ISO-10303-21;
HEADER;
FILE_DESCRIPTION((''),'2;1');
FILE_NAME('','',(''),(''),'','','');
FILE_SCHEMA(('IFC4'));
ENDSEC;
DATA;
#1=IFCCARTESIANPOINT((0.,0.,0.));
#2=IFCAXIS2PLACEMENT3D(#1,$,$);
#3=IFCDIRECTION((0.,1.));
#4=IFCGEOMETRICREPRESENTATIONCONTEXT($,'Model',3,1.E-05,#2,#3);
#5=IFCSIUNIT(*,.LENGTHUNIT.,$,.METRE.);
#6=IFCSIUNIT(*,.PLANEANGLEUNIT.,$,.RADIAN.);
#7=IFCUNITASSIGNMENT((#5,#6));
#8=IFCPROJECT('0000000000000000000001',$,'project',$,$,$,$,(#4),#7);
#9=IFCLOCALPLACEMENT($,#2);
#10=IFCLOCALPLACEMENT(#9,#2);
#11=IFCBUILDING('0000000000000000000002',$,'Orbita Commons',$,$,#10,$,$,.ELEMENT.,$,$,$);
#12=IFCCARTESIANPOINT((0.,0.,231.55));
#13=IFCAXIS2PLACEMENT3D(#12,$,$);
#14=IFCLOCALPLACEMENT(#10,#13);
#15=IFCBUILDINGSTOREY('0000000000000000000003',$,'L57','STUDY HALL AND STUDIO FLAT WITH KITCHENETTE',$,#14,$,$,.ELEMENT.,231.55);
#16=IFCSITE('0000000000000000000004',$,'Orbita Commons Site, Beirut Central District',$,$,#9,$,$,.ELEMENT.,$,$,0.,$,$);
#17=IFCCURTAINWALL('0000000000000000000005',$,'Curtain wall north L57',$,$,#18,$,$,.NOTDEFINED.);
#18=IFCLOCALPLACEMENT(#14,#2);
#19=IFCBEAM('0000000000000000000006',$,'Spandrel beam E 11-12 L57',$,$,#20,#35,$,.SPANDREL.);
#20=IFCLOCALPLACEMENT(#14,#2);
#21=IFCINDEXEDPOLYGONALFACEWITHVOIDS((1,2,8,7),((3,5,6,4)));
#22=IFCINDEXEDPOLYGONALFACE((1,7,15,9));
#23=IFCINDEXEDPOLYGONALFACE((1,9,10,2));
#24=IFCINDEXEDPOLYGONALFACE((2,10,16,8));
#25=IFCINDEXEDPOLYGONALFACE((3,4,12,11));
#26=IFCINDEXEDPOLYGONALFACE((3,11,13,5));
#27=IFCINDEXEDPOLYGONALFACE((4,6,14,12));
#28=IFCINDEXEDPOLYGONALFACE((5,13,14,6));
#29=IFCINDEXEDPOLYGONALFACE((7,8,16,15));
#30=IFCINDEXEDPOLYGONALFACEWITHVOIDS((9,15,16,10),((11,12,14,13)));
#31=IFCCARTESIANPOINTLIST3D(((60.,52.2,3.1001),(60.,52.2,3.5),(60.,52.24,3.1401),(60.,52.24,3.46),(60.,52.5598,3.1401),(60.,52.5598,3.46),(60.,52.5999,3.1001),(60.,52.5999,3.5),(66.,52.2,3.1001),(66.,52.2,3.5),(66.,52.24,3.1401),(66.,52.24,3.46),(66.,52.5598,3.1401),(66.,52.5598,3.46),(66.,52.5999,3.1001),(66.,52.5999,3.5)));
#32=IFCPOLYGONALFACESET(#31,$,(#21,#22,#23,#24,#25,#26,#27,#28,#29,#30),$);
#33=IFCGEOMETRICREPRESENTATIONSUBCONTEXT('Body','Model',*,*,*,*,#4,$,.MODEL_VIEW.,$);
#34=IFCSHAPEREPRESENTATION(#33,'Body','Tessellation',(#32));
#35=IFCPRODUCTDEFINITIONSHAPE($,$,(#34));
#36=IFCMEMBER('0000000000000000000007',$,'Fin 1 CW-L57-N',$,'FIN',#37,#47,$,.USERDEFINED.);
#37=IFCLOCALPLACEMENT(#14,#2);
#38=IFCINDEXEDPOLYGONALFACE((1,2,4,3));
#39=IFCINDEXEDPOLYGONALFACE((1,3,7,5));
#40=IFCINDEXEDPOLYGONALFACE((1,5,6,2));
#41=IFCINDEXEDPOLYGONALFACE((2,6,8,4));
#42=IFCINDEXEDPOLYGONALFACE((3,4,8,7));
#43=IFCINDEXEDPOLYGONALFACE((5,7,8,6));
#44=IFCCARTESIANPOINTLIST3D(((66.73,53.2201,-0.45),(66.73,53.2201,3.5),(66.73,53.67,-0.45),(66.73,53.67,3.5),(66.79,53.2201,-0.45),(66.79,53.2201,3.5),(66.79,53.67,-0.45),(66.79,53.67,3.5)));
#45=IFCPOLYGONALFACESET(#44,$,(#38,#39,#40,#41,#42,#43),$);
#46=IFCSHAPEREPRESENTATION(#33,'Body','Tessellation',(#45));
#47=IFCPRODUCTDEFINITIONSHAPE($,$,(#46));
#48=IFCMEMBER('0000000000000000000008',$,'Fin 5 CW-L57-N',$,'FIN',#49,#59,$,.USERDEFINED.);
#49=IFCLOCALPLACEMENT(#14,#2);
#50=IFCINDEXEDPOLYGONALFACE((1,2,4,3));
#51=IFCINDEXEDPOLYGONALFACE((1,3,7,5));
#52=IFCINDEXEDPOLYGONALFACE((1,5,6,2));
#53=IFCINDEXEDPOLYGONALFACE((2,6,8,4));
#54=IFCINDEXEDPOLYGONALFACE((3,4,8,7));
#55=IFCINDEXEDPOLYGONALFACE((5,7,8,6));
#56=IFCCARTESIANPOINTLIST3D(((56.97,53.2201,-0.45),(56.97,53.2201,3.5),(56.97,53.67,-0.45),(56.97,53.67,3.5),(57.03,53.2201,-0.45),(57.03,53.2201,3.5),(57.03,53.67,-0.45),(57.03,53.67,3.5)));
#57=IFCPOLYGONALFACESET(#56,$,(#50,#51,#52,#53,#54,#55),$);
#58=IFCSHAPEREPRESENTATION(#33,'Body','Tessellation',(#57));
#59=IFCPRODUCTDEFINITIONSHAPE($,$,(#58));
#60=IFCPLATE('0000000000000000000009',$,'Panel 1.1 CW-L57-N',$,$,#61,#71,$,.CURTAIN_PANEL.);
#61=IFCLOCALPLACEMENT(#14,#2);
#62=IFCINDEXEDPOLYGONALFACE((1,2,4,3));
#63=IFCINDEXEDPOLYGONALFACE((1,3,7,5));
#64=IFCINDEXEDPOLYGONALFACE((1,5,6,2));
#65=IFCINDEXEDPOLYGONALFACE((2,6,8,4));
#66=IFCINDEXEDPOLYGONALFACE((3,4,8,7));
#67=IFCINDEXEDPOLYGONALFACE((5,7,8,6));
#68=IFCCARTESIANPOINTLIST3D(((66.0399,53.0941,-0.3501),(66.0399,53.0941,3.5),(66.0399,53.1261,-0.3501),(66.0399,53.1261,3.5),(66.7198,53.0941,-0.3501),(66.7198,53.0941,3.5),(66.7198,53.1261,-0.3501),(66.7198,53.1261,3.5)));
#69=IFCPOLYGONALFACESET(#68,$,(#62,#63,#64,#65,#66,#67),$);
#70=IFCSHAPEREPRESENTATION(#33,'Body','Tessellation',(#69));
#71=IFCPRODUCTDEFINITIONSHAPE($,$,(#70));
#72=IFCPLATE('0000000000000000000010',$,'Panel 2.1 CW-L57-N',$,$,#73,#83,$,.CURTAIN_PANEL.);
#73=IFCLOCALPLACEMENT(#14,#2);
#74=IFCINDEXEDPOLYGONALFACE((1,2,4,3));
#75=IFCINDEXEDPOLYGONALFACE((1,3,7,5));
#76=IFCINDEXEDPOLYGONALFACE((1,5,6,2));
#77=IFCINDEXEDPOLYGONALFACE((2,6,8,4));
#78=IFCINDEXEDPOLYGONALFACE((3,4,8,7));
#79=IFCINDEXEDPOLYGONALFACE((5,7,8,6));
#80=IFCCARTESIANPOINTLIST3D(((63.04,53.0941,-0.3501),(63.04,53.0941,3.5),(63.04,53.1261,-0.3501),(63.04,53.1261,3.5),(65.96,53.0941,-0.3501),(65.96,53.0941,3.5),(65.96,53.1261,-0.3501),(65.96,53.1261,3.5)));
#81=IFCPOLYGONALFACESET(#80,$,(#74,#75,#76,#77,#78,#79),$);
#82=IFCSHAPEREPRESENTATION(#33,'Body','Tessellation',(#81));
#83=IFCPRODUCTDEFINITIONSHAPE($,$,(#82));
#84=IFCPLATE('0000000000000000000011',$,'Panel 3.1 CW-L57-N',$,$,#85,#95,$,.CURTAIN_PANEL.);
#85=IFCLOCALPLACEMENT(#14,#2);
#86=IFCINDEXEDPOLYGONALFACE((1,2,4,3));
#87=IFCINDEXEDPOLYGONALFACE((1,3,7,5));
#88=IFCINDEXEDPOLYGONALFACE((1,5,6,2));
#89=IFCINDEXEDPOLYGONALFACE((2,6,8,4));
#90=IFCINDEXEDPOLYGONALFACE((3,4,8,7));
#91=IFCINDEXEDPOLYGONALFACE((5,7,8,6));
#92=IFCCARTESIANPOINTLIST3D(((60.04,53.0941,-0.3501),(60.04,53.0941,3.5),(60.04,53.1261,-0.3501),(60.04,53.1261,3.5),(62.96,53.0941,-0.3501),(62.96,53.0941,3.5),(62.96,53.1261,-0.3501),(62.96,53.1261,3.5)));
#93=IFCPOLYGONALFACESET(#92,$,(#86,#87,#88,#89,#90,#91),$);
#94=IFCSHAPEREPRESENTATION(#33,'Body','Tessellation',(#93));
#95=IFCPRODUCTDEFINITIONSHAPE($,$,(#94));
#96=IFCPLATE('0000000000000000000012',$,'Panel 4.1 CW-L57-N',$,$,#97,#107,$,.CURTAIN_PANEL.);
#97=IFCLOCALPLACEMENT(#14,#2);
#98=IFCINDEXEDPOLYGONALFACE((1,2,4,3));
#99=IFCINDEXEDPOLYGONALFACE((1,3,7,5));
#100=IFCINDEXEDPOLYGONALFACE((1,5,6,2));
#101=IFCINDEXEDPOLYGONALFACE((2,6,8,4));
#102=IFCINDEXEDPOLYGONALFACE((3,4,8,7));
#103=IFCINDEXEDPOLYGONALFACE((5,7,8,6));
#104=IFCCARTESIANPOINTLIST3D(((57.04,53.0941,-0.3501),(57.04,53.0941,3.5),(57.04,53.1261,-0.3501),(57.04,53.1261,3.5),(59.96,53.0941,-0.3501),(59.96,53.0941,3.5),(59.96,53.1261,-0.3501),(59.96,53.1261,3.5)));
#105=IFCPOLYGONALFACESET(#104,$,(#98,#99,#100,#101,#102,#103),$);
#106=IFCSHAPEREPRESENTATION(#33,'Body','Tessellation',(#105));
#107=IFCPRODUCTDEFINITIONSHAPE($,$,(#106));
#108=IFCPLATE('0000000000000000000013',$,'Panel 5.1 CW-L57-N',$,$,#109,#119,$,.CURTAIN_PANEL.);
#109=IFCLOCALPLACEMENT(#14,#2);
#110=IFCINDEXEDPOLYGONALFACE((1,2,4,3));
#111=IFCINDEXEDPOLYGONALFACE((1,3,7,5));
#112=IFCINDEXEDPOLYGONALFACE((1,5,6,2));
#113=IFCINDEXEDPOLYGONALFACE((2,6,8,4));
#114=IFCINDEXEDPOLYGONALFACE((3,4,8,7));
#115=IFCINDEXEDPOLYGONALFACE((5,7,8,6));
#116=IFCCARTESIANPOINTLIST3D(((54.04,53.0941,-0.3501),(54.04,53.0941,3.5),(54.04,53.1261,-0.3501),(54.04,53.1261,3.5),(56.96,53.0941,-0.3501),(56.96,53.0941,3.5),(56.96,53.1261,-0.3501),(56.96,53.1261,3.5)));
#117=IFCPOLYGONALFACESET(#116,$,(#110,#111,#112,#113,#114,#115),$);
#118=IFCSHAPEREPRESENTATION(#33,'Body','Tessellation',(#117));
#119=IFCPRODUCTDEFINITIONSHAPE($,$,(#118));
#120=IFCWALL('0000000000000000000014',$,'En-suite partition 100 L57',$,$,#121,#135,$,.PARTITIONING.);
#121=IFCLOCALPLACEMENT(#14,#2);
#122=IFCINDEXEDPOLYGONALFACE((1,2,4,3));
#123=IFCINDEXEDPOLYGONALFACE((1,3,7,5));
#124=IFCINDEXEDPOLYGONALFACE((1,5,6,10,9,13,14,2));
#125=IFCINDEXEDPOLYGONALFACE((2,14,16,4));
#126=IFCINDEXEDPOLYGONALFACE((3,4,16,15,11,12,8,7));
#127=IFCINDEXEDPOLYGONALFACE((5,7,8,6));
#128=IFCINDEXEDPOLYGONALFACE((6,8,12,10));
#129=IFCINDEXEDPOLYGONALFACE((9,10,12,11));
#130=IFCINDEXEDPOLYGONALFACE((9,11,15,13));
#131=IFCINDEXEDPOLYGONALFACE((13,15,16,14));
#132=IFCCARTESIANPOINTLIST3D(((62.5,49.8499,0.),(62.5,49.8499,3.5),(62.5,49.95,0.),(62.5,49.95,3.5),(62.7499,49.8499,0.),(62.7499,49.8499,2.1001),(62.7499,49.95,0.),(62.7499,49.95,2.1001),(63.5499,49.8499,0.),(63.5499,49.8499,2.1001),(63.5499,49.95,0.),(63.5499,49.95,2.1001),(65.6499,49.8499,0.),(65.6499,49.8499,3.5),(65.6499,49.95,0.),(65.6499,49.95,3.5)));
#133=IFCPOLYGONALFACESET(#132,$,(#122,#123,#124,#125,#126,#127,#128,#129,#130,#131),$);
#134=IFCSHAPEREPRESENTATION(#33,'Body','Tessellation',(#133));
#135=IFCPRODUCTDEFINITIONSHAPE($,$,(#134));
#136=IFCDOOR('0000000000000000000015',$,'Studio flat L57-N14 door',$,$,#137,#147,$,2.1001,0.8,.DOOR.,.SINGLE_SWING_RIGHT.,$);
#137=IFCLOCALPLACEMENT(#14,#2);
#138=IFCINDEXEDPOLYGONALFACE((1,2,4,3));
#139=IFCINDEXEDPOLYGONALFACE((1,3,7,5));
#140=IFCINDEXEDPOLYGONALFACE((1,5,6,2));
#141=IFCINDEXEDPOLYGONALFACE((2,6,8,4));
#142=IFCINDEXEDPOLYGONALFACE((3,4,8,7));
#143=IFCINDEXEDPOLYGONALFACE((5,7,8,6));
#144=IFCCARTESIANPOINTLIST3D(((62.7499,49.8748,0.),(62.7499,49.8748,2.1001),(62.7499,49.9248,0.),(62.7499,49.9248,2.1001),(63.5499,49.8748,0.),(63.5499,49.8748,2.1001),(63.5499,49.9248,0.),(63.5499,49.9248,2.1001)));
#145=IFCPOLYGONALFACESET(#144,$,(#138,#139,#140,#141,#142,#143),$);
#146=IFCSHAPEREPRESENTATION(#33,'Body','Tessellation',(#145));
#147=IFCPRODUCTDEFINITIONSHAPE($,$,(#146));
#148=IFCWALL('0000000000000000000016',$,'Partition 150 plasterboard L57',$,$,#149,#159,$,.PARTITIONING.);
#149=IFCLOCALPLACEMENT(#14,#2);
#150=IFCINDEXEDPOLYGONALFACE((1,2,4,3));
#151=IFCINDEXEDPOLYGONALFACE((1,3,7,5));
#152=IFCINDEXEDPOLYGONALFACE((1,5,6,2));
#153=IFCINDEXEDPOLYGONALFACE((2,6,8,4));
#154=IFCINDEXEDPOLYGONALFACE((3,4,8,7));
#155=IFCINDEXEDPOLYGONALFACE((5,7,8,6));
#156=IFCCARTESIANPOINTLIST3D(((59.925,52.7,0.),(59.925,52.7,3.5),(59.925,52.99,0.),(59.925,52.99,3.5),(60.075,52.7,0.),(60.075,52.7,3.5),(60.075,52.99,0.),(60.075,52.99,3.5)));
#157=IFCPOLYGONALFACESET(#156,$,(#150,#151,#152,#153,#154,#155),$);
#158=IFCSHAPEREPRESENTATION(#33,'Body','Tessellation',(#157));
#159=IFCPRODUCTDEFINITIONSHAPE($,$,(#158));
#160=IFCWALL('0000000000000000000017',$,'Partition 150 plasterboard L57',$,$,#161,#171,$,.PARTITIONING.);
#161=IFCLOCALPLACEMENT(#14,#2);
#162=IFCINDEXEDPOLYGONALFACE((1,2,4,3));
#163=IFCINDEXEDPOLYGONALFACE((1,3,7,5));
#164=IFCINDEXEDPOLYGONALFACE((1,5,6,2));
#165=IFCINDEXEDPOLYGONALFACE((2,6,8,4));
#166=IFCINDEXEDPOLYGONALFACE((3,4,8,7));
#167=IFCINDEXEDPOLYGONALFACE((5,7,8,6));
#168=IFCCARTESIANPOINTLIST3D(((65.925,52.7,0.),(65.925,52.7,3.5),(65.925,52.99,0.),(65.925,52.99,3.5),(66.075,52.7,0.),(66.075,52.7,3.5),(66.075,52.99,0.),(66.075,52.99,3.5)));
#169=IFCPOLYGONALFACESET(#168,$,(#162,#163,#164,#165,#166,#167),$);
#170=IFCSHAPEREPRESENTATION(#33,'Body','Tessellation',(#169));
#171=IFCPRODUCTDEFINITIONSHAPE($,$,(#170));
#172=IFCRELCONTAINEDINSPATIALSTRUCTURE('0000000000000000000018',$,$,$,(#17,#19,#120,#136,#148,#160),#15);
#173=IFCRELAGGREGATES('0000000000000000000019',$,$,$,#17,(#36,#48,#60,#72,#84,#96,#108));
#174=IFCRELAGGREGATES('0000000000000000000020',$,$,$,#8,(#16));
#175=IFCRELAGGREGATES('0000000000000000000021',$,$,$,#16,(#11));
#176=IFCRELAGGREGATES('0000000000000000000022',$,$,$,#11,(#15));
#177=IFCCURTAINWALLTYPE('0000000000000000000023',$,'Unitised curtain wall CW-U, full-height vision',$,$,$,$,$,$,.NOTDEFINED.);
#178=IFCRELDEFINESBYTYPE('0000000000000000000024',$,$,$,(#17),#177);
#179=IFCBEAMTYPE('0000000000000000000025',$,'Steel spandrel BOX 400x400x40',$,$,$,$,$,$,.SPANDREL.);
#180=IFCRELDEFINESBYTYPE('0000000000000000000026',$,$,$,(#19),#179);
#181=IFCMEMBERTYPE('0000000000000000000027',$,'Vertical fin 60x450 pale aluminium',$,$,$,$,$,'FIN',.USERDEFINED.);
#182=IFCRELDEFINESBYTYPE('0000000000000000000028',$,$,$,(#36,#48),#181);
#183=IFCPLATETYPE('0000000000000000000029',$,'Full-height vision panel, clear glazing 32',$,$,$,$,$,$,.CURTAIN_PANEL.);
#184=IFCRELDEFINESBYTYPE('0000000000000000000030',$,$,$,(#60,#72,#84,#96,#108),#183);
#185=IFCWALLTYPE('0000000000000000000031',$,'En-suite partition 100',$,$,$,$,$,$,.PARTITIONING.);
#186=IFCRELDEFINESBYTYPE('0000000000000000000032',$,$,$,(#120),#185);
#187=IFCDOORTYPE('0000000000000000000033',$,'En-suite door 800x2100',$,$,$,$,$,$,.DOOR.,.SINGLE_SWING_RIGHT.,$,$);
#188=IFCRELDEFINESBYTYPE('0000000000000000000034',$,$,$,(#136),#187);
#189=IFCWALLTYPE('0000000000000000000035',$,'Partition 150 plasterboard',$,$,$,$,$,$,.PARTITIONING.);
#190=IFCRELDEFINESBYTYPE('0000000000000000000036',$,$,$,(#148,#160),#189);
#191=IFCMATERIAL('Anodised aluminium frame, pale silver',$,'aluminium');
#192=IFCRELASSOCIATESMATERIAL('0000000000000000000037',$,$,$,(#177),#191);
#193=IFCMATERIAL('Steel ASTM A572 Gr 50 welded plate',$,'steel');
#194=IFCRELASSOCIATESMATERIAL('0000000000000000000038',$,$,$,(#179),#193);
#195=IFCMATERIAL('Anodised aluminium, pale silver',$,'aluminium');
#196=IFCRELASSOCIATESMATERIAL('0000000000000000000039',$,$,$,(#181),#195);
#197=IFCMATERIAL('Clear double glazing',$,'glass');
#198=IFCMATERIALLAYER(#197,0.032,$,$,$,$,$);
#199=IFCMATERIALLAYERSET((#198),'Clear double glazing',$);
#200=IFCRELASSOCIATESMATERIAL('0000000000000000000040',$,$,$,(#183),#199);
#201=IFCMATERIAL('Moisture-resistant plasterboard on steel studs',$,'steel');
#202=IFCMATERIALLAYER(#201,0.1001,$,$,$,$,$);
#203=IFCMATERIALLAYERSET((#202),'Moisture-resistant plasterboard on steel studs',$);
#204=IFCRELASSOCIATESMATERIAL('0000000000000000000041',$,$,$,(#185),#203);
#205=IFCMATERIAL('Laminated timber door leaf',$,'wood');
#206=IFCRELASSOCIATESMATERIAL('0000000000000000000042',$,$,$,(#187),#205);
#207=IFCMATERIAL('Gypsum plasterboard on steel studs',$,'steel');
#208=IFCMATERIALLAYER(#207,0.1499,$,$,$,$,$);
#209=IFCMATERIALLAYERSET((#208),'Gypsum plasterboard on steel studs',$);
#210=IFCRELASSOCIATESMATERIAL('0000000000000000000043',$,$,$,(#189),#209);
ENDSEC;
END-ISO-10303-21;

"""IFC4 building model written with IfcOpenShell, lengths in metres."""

from ifc_helpers import new_model, si_unit, direction, frame, frame_2d, origin, origin_2d, place, context, subcontext, project, spatial, rectangle, hollow_rectangle, extrude, material, layer, layer_set, material_profile, profile_set, type_object, element, fill, aggregate, save


model = new_model("IFC4")

# Units and contexts
model_context = context("Model", 3, precision=1e-05, world=origin(), true_north=direction((0.0, 1.0)))
body_context = subcontext(model_context, "Body", "Model", "MODEL_VIEW")
ifc_project = project(units=[si_unit("LENGTHUNIT", "METRE"), si_unit("PLANEANGLEUNIT", "RADIAN")], contexts=[model_context])

# Site, building, storey
site_placement = place(None, origin())
site = spatial("IfcSite", under=ifc_project, at=site_placement, Name="Orbita Commons Site, Beirut Central District", CompositionType="ELEMENT", RefElevation=0.0)
building_placement = place(site_placement, origin())
building = spatial("IfcBuilding", under=site, at=building_placement, Name="Orbita Commons", CompositionType="ELEMENT")
storey_placement = place(building_placement, frame((0.0, 0.0, 231.55)))
storey = spatial("IfcBuildingStorey", under=building, at=storey_placement, Name="L57", Description="STUDY HALL AND STUDIO FLAT WITH KITCHENETTE", CompositionType="ELEMENT", Elevation=231.55)

# Curtain wall
ifc_material_1 = material(Name="Anodised aluminium frame, pale silver", Category="aluminium")
curtain_wall_type = type_object("IfcCurtainWallType", Name="Unitised curtain wall CW-U, full-height vision", PredefinedType="NOTDEFINED", material=ifc_material_1)
curtain_wall_placement = place(storey_placement, origin())
curtain_wall = element("IfcCurtainWall", 1, at=curtain_wall_placement, inside=storey, type_object=curtain_wall_type, Name="Curtain wall north L57", PredefinedType="NOTDEFINED")

# Beam
ifc_material_2 = material(Name="Steel ASTM A572 Gr 50 welded plate", Category="steel")
ifc_material_profile_1 = material_profile(ifc_material_2, hollow_rectangle(XDim=0.3999, YDim=0.3999, WallThickness=0.04, at=origin_2d()), Name="BOX 400x400x40")
ifc_profile_set_1 = profile_set([ifc_material_profile_1], Name="Steel ASTM A572 Gr 50 welded plate")
beam_type = type_object("IfcBeamType", Name="Steel spandrel BOX 400x400x40", PredefinedType="SPANDREL", material=ifc_profile_set_1)
beam_placement = place(storey_placement, frame((60.0, 52.3999, 3.3), z_axis=(1.0, 0.0, 0.0), x_axis=(0.0, 1.0, 0.0)))
element("IfcBeam", 2, at=beam_placement, inside=storey, type_object=beam_type, Name="Spandrel beam E 11-12 L57", PredefinedType="SPANDREL", context=body_context, shape_type="SweptSolid", body=[
    extrude(hollow_rectangle(XDim=0.3999, YDim=0.3999, WallThickness=0.04, at=origin_2d()), origin(), (0.0, 0.0, 1.0), 6.0),
])

# Members
ifc_material_3 = material(Name="Anodised aluminium, pale silver", Category="aluminium")
ifc_material_profile_2 = material_profile(ifc_material_3, rectangle(XDim=0.0601, YDim=0.45, at=origin_2d()), Name="FIN 60x450")
ifc_profile_set_2 = profile_set([ifc_material_profile_2], Name="Anodised aluminium, pale silver")
member_type_1 = type_object("IfcMemberType", Name="Vertical fin 60x450 pale aluminium", ElementType="FIN", PredefinedType="USERDEFINED", material=ifc_profile_set_2)
member_1_placement = place(storey_placement, frame((66.76, 53.4451, -0.45), z_axis=(0.0, 0.0, 1.0), x_axis=(-1.0, 0.0, 0.0)))
member_1 = element("IfcMember", 3, at=member_1_placement, type_object=member_type_1, Name="Fin 1 CW-L57-N", ObjectType="FIN", PredefinedType="USERDEFINED", context=body_context, shape_type="SweptSolid", body=[
    extrude(rectangle(XDim=0.0601, YDim=0.45, at=origin_2d()), origin(), (0.0, 0.0, 1.0), 3.95),
])
member_2_placement = place(storey_placement, frame((57.0, 53.4451, -0.45), z_axis=(0.0, 0.0, 1.0), x_axis=(-1.0, 0.0, 0.0)))
member_2 = element("IfcMember", 4, at=member_2_placement, type_object=member_type_1, Name="Fin 5 CW-L57-N", ObjectType="FIN", PredefinedType="USERDEFINED", context=body_context, shape_type="SweptSolid", body=[
    extrude(rectangle(XDim=0.0601, YDim=0.45, at=origin_2d()), origin(), (0.0, 0.0, 1.0), 3.95),
])

# Plates
ifc_material_4 = material(Name="Clear double glazing", Category="glass")
ifc_layer_1 = layer(ifc_material_4, 0.032)
ifc_layer_set_1 = layer_set([ifc_layer_1], Name="Clear double glazing")
plate_type = type_object("IfcPlateType", Name="Full-height vision panel, clear glazing 32", PredefinedType="CURTAIN_PANEL", material=ifc_layer_set_1)
plate_1_placement = place(storey_placement, frame((66.3799, 53.1101, -0.3501), z_axis=(0.0, 0.0, 1.0), x_axis=(-1.0, 0.0, 0.0)))
plate_1 = element("IfcPlate", 5, at=plate_1_placement, type_object=plate_type, Name="Panel 1.1 CW-L57-N", PredefinedType="CURTAIN_PANEL", context=body_context, shape_type="SweptSolid", body=[
    extrude(rectangle(XDim=0.6799, YDim=0.032, at=origin_2d()), origin(), (0.0, 0.0, 1.0), 3.8501),
])
plate_2_placement = place(storey_placement, frame((64.5, 53.1101, -0.3501), z_axis=(0.0, 0.0, 1.0), x_axis=(-1.0, 0.0, 0.0)))
plate_2 = element("IfcPlate", 6, at=plate_2_placement, type_object=plate_type, Name="Panel 2.1 CW-L57-N", PredefinedType="CURTAIN_PANEL", context=body_context, shape_type="SweptSolid", body=[
    extrude(rectangle(XDim=2.9199, YDim=0.032, at=origin_2d()), origin(), (0.0, 0.0, 1.0), 3.8501),
])
plate_3_placement = place(storey_placement, frame((61.5, 53.1101, -0.3501), z_axis=(0.0, 0.0, 1.0), x_axis=(-1.0, 0.0, 0.0)))
plate_3 = element("IfcPlate", 7, at=plate_3_placement, type_object=plate_type, Name="Panel 3.1 CW-L57-N", PredefinedType="CURTAIN_PANEL", context=body_context, shape_type="SweptSolid", body=[
    extrude(rectangle(XDim=2.9199, YDim=0.032, at=origin_2d()), origin(), (0.0, 0.0, 1.0), 3.8501),
])
plate_4_placement = place(storey_placement, frame((58.5, 53.1101, -0.3501), z_axis=(0.0, 0.0, 1.0), x_axis=(-1.0, 0.0, 0.0)))
plate_4 = element("IfcPlate", 8, at=plate_4_placement, type_object=plate_type, Name="Panel 4.1 CW-L57-N", PredefinedType="CURTAIN_PANEL", context=body_context, shape_type="SweptSolid", body=[
    extrude(rectangle(XDim=2.9199, YDim=0.032, at=origin_2d()), origin(), (0.0, 0.0, 1.0), 3.8501),
])
plate_5_placement = place(storey_placement, frame((55.5, 53.1101, -0.3501), z_axis=(0.0, 0.0, 1.0), x_axis=(-1.0, 0.0, 0.0)))
plate_5 = element("IfcPlate", 9, at=plate_5_placement, type_object=plate_type, Name="Panel 5.1 CW-L57-N", PredefinedType="CURTAIN_PANEL", context=body_context, shape_type="SweptSolid", body=[
    extrude(rectangle(XDim=2.9199, YDim=0.032, at=origin_2d()), origin(), (0.0, 0.0, 1.0), 3.8501),
])
aggregate(curtain_wall, [member_1, member_2, plate_1, plate_2, plate_3, plate_4, plate_5])

# Wall, opening, door
ifc_material_5 = material(Name="Moisture-resistant plasterboard on steel studs", Category="steel")
ifc_layer_2 = layer(ifc_material_5, 0.1001)
ifc_layer_set_2 = layer_set([ifc_layer_2], Name="Moisture-resistant plasterboard on steel studs")
wall_type_1 = type_object("IfcWallType", Name="En-suite partition 100", PredefinedType="PARTITIONING", material=ifc_layer_set_2)
wall_1_placement = place(storey_placement, frame((62.5, 49.8999, 0.0), z_axis=(0.0, 0.0, 1.0), x_axis=(1.0, 0.0, 0.0)))
wall_1 = element("IfcWall", 10, at=wall_1_placement, inside=storey, type_object=wall_type_1, Name="En-suite partition 100 L57", PredefinedType="PARTITIONING", context=body_context, shape_type="SweptSolid", body=[
    extrude(rectangle(XDim=3.1499, YDim=0.1001, at=frame_2d((1.575, 0.0))), origin(), (0.0, 0.0, 1.0), 3.5),
])
opening_1_placement = place(wall_1_placement, frame((0.25, 0.0, 0.0)))
opening_1 = element("IfcOpeningElement", 11, at=opening_1_placement, cuts=wall_1, PredefinedType="OPENING", context=body_context, shape_type="SweptSolid", body=[
    extrude(rectangle(XDim=0.8, YDim=2.1001, at=frame_2d((0.3999, 1.05))), frame((0.0, 0.0601, 0.0), z_axis=(0.0, -1.0, 0.0), x_axis=(1.0, 0.0, 0.0)), (0.0, 0.0, 1.0), 0.1201),
])
ifc_material_6 = material(Name="Laminated timber door leaf", Category="wood")
door_type = type_object("IfcDoorType", Name="En-suite door 800x2100", OperationType="SINGLE_SWING_RIGHT", PredefinedType="DOOR", material=ifc_material_6)
door_placement = place(opening_1_placement, origin())
door = element("IfcDoor", 12, at=door_placement, inside=storey, type_object=door_type, Name="Studio flat L57-N14 door", OperationType="SINGLE_SWING_RIGHT", OverallHeight=2.1001, OverallWidth=0.8, PredefinedType="DOOR", context=body_context, shape_type="SweptSolid", body=[
    extrude(rectangle(XDim=0.8, YDim=2.1001, at=frame_2d((0.3999, 1.05))), frame((0.0, 0.0249, 0.0), z_axis=(0.0, -1.0, 0.0), x_axis=(1.0, 0.0, 0.0)), (0.0, 0.0, 1.0), 0.05),
])
fill(opening_1, door)

# Walls
ifc_material_7 = material(Name="Gypsum plasterboard on steel studs", Category="steel")
ifc_layer_3 = layer(ifc_material_7, 0.1499)
ifc_layer_set_3 = layer_set([ifc_layer_3], Name="Gypsum plasterboard on steel studs")
wall_type_2 = type_object("IfcWallType", Name="Partition 150 plasterboard", PredefinedType="PARTITIONING", material=ifc_layer_set_3)
for number, where, z_axis, x_axis, name in (
    (13, (60.0, 52.7, 0.0), (0.0, 0.0, 1.0), (0.0, 1.0, 0.0), "Partition 150 plasterboard L57"),
    (14, (66.0, 52.7, 0.0), (0.0, 0.0, 1.0), (0.0, 1.0, 0.0), "Partition 150 plasterboard L57"),
):
    element("IfcWall", number, at=place(storey_placement, frame(where, z_axis=z_axis, x_axis=x_axis)), inside=storey, type_object=wall_type_2, Name=name, PredefinedType="PARTITIONING", context=body_context, shape_type="SweptSolid", body=[
        extrude(rectangle(XDim=0.29, YDim=0.1499, at=frame_2d((0.145, 0.0))), origin(), (0.0, 0.0, 1.0), 3.5),
    ])

save(model, "model.ifc")
